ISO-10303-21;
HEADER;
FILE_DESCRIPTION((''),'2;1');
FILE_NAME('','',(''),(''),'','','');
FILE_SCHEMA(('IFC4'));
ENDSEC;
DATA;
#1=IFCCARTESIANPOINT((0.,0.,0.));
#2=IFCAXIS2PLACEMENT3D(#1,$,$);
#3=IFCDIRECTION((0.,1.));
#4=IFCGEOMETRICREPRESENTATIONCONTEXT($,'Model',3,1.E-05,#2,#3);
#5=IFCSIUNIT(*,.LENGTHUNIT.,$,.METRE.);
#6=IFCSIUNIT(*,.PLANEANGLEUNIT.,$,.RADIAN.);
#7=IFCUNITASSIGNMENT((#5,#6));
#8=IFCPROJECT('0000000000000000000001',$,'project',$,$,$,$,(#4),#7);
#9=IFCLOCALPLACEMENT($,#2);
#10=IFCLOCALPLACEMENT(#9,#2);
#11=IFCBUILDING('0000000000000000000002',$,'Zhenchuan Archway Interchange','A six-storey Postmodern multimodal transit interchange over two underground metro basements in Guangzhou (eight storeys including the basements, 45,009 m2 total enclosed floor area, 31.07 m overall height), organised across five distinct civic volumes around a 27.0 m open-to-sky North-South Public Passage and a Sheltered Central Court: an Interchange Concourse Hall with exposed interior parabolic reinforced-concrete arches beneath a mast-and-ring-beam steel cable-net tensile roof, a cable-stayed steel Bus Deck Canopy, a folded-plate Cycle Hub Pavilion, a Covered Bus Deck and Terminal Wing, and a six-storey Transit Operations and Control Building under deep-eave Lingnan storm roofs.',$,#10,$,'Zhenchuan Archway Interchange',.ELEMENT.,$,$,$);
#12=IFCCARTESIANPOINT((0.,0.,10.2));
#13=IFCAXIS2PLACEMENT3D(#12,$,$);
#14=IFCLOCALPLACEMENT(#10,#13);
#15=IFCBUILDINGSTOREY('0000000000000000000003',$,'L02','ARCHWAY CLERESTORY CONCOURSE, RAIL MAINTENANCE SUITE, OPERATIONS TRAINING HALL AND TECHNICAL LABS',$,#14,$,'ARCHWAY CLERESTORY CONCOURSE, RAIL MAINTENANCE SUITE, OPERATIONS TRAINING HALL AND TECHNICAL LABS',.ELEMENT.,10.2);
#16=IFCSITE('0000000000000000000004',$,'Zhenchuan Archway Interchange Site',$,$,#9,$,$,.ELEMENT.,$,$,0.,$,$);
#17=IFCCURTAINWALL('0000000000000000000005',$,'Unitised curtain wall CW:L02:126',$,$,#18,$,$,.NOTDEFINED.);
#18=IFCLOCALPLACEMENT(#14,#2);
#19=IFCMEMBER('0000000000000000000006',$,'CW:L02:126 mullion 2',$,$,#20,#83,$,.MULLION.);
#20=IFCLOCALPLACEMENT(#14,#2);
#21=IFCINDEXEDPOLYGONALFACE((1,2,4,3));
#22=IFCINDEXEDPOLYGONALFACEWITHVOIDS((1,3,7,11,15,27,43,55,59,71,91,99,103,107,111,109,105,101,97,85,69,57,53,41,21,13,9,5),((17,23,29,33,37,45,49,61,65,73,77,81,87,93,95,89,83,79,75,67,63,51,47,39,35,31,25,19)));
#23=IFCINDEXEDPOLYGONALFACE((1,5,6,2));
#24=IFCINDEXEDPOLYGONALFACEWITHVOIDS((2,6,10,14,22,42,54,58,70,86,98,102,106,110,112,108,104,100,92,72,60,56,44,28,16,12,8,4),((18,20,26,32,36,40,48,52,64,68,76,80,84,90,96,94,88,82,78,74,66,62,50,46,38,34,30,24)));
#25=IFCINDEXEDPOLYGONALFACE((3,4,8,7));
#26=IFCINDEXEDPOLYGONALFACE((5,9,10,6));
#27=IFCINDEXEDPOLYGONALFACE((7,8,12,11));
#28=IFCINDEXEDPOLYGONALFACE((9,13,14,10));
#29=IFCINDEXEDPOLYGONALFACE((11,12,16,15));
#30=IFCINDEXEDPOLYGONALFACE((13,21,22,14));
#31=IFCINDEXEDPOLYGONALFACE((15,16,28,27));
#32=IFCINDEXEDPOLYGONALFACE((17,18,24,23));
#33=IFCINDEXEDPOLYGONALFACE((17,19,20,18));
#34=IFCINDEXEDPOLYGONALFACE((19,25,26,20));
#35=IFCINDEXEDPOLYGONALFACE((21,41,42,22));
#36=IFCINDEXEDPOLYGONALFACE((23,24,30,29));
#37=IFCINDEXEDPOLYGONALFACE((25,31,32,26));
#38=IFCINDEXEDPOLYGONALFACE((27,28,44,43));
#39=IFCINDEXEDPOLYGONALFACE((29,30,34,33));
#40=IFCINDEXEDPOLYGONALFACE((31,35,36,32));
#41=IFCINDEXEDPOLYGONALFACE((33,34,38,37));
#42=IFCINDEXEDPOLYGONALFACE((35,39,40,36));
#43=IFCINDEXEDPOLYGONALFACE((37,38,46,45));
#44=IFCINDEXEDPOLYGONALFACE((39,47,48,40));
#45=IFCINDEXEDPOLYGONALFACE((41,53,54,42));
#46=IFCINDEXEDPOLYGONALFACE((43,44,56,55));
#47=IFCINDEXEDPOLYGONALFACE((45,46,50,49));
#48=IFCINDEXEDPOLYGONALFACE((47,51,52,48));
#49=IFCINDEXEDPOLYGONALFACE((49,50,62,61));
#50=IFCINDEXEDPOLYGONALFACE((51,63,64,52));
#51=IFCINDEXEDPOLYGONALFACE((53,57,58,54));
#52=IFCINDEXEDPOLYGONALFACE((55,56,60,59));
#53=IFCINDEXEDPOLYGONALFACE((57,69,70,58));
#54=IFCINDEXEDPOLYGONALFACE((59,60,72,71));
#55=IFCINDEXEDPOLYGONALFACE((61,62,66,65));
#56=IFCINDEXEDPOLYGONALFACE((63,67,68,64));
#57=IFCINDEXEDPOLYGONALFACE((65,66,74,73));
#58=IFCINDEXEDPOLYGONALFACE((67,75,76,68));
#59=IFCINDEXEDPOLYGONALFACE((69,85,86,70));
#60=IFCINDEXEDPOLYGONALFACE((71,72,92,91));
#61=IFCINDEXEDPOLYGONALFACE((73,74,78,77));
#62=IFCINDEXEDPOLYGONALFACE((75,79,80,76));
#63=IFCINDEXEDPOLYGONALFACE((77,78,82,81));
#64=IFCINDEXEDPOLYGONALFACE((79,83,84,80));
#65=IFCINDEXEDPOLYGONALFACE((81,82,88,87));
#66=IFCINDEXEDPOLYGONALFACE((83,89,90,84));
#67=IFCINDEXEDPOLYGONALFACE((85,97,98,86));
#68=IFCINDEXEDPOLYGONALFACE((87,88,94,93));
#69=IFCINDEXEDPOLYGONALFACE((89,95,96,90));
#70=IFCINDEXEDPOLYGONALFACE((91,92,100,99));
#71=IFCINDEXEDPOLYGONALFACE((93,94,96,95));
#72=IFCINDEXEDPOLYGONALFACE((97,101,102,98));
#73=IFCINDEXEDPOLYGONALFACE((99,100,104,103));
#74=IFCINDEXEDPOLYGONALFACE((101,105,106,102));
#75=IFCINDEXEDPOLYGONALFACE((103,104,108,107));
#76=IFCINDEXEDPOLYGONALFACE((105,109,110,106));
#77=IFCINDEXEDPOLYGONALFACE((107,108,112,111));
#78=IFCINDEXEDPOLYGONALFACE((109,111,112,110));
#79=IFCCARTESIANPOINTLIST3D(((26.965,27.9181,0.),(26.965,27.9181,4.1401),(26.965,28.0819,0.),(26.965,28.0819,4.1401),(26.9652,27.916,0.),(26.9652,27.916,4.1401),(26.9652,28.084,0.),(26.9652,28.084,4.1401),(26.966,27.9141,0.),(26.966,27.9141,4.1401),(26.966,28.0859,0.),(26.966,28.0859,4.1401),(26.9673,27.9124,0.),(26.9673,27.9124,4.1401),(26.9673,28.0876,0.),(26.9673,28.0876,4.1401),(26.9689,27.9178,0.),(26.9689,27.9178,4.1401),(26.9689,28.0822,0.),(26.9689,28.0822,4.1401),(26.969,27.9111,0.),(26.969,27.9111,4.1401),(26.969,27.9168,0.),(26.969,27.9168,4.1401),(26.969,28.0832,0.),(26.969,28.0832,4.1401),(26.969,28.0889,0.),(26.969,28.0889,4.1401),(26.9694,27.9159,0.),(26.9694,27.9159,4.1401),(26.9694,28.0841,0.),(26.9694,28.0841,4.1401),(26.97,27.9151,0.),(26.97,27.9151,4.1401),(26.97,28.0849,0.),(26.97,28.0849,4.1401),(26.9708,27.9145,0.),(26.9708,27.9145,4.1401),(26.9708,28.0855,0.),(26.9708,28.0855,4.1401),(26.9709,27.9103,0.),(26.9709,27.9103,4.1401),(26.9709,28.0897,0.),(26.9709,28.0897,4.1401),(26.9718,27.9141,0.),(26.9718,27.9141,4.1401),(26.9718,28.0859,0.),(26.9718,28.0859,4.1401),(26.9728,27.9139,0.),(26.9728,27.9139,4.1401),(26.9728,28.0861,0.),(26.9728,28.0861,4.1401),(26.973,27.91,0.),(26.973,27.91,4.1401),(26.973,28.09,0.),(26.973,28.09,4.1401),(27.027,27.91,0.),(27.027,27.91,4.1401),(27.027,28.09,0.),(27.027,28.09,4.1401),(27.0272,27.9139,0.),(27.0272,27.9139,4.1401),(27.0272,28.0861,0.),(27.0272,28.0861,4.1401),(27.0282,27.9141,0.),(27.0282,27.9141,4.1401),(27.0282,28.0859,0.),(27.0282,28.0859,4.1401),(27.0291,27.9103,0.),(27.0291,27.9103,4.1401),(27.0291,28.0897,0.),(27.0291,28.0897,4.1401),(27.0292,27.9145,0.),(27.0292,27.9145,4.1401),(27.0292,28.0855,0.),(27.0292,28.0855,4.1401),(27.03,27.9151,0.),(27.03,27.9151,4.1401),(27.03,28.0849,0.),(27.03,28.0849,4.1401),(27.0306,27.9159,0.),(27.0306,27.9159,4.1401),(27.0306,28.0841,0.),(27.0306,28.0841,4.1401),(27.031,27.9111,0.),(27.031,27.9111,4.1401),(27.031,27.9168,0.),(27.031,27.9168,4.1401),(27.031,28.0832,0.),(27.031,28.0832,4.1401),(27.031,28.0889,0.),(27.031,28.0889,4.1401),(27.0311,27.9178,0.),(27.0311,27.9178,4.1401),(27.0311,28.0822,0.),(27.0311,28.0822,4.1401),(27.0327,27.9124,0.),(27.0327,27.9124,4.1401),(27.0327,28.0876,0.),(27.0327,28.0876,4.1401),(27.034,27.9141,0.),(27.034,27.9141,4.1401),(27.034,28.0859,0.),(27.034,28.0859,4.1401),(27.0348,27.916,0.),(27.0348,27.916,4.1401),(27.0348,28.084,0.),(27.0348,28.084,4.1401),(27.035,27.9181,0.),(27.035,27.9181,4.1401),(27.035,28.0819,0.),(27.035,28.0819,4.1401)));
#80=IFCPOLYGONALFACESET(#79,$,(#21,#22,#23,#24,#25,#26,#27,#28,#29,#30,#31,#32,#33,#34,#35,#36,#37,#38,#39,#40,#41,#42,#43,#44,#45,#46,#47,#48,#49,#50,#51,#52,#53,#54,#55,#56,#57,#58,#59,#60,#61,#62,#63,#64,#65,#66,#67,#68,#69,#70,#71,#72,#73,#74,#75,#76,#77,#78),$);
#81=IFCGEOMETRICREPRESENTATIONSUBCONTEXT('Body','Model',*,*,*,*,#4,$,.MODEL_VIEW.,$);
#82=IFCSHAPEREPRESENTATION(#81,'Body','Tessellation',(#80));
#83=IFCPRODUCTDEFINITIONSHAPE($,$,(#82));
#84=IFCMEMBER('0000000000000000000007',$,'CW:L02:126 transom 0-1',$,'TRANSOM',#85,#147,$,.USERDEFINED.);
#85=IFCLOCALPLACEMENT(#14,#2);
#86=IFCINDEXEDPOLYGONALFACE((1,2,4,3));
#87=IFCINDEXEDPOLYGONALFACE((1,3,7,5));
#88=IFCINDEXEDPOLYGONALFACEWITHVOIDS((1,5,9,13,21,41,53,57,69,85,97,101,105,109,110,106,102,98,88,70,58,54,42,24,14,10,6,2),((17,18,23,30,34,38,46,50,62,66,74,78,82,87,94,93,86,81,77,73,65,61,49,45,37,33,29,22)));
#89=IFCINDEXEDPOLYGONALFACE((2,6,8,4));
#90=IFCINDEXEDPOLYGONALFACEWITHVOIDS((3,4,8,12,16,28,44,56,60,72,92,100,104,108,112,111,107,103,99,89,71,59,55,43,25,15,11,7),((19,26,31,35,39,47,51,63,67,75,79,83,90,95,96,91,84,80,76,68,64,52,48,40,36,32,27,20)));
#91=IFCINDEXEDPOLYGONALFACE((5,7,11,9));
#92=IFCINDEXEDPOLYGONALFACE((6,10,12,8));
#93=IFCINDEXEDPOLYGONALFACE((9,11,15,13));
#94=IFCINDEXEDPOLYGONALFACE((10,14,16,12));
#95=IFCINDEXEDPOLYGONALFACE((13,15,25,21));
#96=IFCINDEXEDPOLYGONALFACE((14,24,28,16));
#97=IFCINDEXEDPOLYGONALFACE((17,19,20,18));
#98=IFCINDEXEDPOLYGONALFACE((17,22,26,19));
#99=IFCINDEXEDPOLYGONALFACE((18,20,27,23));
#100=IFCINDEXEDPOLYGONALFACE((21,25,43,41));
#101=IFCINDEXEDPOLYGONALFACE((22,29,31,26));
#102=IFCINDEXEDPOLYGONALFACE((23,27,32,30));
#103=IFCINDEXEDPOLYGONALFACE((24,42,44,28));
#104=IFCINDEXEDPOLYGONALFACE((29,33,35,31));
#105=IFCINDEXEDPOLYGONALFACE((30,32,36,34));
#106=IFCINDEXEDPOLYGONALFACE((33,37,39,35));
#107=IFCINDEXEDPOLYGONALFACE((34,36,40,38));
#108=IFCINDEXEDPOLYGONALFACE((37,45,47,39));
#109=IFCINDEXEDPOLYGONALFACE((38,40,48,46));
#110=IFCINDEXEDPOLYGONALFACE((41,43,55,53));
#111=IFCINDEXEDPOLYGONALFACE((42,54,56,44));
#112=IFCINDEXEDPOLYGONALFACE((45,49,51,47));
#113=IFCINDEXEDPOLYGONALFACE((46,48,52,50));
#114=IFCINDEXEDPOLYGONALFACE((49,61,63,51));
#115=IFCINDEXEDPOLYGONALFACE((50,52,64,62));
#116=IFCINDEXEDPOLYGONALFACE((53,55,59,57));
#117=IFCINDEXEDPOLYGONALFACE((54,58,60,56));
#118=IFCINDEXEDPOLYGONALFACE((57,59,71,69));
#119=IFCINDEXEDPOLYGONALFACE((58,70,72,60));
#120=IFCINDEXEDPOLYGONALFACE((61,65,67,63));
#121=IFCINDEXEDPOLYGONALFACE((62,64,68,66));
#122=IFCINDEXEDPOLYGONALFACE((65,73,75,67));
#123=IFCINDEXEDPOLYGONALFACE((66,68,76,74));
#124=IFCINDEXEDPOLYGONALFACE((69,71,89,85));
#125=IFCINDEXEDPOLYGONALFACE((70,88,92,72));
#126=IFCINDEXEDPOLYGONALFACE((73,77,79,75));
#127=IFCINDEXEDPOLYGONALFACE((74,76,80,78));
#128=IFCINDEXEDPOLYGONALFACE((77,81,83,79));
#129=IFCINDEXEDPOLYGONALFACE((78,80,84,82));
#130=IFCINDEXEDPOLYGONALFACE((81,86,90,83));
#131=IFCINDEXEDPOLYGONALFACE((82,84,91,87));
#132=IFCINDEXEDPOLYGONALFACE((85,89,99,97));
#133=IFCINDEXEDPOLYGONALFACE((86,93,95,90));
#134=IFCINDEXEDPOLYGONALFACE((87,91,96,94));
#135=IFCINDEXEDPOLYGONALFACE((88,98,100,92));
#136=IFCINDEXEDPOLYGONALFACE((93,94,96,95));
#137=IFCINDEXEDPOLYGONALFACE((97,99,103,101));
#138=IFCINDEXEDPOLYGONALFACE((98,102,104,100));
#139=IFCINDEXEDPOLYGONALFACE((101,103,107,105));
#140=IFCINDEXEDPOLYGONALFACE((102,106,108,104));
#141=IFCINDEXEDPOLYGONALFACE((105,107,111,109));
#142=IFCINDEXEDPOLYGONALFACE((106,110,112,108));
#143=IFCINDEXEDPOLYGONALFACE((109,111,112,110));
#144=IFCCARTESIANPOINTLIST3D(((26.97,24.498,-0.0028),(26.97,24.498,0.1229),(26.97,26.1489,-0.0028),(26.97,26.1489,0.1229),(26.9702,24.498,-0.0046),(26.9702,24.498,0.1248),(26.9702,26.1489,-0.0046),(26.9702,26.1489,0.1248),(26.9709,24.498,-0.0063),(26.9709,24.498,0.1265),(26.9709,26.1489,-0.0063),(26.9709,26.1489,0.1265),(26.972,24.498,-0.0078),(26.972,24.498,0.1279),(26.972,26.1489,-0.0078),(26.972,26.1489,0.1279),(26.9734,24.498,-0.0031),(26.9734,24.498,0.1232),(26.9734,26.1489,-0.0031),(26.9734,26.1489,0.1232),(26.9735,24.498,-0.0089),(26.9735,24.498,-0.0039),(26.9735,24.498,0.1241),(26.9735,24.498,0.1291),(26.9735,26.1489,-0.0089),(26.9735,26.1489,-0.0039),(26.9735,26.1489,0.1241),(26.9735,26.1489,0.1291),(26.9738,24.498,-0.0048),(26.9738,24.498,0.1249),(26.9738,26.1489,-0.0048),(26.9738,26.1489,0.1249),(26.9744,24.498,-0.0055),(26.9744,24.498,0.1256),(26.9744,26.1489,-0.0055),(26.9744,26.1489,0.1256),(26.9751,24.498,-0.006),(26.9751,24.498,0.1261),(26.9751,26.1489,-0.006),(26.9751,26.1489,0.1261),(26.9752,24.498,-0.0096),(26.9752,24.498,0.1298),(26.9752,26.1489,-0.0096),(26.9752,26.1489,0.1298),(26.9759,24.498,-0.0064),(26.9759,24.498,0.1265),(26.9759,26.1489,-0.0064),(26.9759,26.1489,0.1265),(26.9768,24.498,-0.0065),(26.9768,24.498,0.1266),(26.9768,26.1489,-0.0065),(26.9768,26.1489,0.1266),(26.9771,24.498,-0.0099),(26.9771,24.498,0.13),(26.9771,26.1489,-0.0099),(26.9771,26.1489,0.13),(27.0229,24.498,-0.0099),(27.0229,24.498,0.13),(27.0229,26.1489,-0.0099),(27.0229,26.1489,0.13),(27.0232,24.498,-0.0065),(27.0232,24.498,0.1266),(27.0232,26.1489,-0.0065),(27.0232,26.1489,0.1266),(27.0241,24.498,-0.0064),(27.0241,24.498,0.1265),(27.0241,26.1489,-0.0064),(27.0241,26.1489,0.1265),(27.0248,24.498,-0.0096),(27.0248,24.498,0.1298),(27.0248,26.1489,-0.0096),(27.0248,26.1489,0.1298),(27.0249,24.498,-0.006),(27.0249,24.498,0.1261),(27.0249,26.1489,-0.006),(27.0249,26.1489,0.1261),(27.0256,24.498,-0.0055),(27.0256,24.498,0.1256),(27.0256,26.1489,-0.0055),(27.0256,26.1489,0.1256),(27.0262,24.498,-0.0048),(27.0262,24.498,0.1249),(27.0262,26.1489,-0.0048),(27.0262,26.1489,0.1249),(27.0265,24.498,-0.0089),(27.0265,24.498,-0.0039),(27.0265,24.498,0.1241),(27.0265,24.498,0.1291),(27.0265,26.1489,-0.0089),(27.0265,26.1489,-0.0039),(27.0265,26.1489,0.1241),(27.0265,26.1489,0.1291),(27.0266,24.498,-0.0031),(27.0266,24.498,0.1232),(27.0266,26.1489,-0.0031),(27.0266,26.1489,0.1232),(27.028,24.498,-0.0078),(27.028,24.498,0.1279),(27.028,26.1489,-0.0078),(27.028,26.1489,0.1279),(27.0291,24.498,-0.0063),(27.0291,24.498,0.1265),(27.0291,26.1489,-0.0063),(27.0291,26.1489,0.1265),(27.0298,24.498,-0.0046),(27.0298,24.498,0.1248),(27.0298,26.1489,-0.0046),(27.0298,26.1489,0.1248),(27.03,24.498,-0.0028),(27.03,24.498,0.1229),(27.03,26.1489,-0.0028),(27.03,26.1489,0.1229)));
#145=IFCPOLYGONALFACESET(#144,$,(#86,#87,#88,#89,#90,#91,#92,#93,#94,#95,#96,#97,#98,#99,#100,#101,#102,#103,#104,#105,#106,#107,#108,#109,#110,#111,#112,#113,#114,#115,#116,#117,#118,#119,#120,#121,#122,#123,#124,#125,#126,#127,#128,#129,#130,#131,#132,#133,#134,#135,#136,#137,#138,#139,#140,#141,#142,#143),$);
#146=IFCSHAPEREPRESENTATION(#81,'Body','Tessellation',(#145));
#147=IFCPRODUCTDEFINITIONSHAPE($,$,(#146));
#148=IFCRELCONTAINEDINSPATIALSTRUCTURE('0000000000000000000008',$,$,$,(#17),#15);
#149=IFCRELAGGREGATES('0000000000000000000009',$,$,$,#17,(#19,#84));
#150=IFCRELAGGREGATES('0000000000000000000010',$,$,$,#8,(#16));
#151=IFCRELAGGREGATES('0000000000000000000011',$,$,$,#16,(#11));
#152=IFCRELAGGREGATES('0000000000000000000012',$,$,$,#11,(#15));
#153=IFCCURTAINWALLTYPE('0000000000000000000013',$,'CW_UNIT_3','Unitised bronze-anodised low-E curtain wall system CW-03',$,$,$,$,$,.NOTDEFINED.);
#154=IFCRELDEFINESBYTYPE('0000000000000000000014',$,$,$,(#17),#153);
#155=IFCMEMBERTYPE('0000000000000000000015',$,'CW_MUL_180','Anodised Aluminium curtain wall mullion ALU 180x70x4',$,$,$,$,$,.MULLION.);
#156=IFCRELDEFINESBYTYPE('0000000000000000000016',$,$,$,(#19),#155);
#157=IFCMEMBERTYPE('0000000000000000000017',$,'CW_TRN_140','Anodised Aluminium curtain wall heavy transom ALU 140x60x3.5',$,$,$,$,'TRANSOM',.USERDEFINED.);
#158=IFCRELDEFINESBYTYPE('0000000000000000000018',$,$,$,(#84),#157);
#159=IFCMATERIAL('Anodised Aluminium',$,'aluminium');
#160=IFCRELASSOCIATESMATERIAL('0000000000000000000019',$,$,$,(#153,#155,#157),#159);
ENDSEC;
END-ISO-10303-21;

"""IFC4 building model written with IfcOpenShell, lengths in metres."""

from ifc_helpers import new_model, si_unit, direction, frame, origin, origin_2d, place, context, subcontext, project, spatial, hollow_rectangle, extrude, material, material_profile, profile_set, type_object, element, aggregate, save


model = new_model("IFC4")

# Units and contexts
model_context = context("Model", 3, precision=1e-05, world=origin(), true_north=direction((0.0, 1.0)))
body_context = subcontext(model_context, "Body", "Model", "MODEL_VIEW")
ifc_project = project(units=[si_unit("LENGTHUNIT", "METRE"), si_unit("PLANEANGLEUNIT", "RADIAN")], contexts=[model_context])

# Site, building, storey
site_placement = place(None, origin())
site = spatial("IfcSite", under=ifc_project, at=site_placement, Name="Zhenchuan Archway Interchange Site", CompositionType="ELEMENT", RefElevation=0.0)
building_placement = place(site_placement, origin())
building = spatial("IfcBuilding", under=site, at=building_placement, Name="Zhenchuan Archway Interchange", Description="A six-storey Postmodern multimodal transit interchange over two underground metro basements in Guangzhou (eight storeys including the basements, 45,009 m2 total enclosed floor area, 31.07 m overall height), organised across five distinct civic volumes around a 27.0 m open-to-sky North-South Public Passage and a Sheltered Central Court: an Interchange Concourse Hall with exposed interior parabolic reinforced-concrete arches beneath a mast-and-ring-beam steel cable-net tensile roof, a cable-stayed steel Bus Deck Canopy, a folded-plate Cycle Hub Pavilion, a Covered Bus Deck and Terminal Wing, and a six-storey Transit Operations and Control Building under deep-eave Lingnan storm roofs.", LongName="Zhenchuan Archway Interchange", CompositionType="ELEMENT")
storey_placement = place(building_placement, frame((0.0, 0.0, 10.2)))
storey = spatial("IfcBuildingStorey", under=building, at=storey_placement, Name="L02", Description="ARCHWAY CLERESTORY CONCOURSE, RAIL MAINTENANCE SUITE, OPERATIONS TRAINING HALL AND TECHNICAL LABS", LongName="ARCHWAY CLERESTORY CONCOURSE, RAIL MAINTENANCE SUITE, OPERATIONS TRAINING HALL AND TECHNICAL LABS", CompositionType="ELEMENT", Elevation=10.2)

# Curtain wall, members
ifc_material_1 = material(Name="Anodised Aluminium", Category="aluminium")
curtain_wall_type = type_object("IfcCurtainWallType", Name="CW_UNIT_3", Description="Unitised bronze-anodised low-E curtain wall system CW-03", PredefinedType="NOTDEFINED", material=ifc_material_1)
curtain_wall_placement = place(storey_placement, origin())
curtain_wall = element("IfcCurtainWall", 1, at=curtain_wall_placement, inside=storey, type_object=curtain_wall_type, Name="Unitised curtain wall CW:L02:126", PredefinedType="NOTDEFINED")
ifc_material_profile_1 = material_profile(ifc_material_1, hollow_rectangle(XDim=0.0701, YDim=0.1799, WallThickness=0.0039, InnerFilletRadius=0.0039, OuterFilletRadius=0.0081, at=origin_2d()), Name="ALU 180x70x4")
ifc_profile_set_1 = profile_set([ifc_material_profile_1], Name="Anodised Aluminium")
member_type_1 = type_object("IfcMemberType", Name="CW_MUL_180", Description="Anodised Aluminium curtain wall mullion ALU 180x70x4", PredefinedType="MULLION", material=ifc_profile_set_1)
member_1_placement = place(storey_placement, frame((27.0, 28.0, 0.0), z_axis=(0.0, 0.0, 1.0), x_axis=(1.0, 0.0, 0.0)))
member_1 = element("IfcMember", 2, at=member_1_placement, type_object=member_type_1, Name="CW:L02:126 mullion 2", PredefinedType="MULLION", context=body_context, shape_type="SweptSolid", body=[
    extrude(hollow_rectangle(XDim=0.0701, YDim=0.1799, WallThickness=0.0039, InnerFilletRadius=0.0039, OuterFilletRadius=0.0081, at=origin_2d()), origin(), (0.0, 0.0, 1.0), 4.1401),
])
ifc_material_profile_2 = material_profile(ifc_material_1, hollow_rectangle(XDim=0.0601, YDim=0.1399, WallThickness=0.0034, InnerFilletRadius=0.0034, OuterFilletRadius=0.0071, at=origin_2d()), Name="ALU 140x60x3.5")
ifc_profile_set_2 = profile_set([ifc_material_profile_2], Name="Anodised Aluminium")
member_type_2 = type_object("IfcMemberType", Name="CW_TRN_140", Description="Anodised Aluminium curtain wall heavy transom ALU 140x60x3.5", ElementType="TRANSOM", PredefinedType="USERDEFINED", material=ifc_profile_set_2)
member_2_placement = place(storey_placement, frame((27.0, 24.498, 0.0601), z_axis=(0.0, 1.0, 0.0), x_axis=(-1.0, 0.0, 0.0)))
member_2 = element("IfcMember", 3, at=member_2_placement, type_object=member_type_2, Name="CW:L02:126 transom 0-1", ObjectType="TRANSOM", PredefinedType="USERDEFINED", context=body_context, shape_type="SweptSolid", body=[
    extrude(hollow_rectangle(XDim=0.0601, YDim=0.1399, WallThickness=0.0034, InnerFilletRadius=0.0034, OuterFilletRadius=0.0071, at=origin_2d()), origin(), (0.0, 0.0, 1.0), 1.6509),
])

aggregate(curtain_wall, [member_1, member_2])

save(model, "model.ifc")
